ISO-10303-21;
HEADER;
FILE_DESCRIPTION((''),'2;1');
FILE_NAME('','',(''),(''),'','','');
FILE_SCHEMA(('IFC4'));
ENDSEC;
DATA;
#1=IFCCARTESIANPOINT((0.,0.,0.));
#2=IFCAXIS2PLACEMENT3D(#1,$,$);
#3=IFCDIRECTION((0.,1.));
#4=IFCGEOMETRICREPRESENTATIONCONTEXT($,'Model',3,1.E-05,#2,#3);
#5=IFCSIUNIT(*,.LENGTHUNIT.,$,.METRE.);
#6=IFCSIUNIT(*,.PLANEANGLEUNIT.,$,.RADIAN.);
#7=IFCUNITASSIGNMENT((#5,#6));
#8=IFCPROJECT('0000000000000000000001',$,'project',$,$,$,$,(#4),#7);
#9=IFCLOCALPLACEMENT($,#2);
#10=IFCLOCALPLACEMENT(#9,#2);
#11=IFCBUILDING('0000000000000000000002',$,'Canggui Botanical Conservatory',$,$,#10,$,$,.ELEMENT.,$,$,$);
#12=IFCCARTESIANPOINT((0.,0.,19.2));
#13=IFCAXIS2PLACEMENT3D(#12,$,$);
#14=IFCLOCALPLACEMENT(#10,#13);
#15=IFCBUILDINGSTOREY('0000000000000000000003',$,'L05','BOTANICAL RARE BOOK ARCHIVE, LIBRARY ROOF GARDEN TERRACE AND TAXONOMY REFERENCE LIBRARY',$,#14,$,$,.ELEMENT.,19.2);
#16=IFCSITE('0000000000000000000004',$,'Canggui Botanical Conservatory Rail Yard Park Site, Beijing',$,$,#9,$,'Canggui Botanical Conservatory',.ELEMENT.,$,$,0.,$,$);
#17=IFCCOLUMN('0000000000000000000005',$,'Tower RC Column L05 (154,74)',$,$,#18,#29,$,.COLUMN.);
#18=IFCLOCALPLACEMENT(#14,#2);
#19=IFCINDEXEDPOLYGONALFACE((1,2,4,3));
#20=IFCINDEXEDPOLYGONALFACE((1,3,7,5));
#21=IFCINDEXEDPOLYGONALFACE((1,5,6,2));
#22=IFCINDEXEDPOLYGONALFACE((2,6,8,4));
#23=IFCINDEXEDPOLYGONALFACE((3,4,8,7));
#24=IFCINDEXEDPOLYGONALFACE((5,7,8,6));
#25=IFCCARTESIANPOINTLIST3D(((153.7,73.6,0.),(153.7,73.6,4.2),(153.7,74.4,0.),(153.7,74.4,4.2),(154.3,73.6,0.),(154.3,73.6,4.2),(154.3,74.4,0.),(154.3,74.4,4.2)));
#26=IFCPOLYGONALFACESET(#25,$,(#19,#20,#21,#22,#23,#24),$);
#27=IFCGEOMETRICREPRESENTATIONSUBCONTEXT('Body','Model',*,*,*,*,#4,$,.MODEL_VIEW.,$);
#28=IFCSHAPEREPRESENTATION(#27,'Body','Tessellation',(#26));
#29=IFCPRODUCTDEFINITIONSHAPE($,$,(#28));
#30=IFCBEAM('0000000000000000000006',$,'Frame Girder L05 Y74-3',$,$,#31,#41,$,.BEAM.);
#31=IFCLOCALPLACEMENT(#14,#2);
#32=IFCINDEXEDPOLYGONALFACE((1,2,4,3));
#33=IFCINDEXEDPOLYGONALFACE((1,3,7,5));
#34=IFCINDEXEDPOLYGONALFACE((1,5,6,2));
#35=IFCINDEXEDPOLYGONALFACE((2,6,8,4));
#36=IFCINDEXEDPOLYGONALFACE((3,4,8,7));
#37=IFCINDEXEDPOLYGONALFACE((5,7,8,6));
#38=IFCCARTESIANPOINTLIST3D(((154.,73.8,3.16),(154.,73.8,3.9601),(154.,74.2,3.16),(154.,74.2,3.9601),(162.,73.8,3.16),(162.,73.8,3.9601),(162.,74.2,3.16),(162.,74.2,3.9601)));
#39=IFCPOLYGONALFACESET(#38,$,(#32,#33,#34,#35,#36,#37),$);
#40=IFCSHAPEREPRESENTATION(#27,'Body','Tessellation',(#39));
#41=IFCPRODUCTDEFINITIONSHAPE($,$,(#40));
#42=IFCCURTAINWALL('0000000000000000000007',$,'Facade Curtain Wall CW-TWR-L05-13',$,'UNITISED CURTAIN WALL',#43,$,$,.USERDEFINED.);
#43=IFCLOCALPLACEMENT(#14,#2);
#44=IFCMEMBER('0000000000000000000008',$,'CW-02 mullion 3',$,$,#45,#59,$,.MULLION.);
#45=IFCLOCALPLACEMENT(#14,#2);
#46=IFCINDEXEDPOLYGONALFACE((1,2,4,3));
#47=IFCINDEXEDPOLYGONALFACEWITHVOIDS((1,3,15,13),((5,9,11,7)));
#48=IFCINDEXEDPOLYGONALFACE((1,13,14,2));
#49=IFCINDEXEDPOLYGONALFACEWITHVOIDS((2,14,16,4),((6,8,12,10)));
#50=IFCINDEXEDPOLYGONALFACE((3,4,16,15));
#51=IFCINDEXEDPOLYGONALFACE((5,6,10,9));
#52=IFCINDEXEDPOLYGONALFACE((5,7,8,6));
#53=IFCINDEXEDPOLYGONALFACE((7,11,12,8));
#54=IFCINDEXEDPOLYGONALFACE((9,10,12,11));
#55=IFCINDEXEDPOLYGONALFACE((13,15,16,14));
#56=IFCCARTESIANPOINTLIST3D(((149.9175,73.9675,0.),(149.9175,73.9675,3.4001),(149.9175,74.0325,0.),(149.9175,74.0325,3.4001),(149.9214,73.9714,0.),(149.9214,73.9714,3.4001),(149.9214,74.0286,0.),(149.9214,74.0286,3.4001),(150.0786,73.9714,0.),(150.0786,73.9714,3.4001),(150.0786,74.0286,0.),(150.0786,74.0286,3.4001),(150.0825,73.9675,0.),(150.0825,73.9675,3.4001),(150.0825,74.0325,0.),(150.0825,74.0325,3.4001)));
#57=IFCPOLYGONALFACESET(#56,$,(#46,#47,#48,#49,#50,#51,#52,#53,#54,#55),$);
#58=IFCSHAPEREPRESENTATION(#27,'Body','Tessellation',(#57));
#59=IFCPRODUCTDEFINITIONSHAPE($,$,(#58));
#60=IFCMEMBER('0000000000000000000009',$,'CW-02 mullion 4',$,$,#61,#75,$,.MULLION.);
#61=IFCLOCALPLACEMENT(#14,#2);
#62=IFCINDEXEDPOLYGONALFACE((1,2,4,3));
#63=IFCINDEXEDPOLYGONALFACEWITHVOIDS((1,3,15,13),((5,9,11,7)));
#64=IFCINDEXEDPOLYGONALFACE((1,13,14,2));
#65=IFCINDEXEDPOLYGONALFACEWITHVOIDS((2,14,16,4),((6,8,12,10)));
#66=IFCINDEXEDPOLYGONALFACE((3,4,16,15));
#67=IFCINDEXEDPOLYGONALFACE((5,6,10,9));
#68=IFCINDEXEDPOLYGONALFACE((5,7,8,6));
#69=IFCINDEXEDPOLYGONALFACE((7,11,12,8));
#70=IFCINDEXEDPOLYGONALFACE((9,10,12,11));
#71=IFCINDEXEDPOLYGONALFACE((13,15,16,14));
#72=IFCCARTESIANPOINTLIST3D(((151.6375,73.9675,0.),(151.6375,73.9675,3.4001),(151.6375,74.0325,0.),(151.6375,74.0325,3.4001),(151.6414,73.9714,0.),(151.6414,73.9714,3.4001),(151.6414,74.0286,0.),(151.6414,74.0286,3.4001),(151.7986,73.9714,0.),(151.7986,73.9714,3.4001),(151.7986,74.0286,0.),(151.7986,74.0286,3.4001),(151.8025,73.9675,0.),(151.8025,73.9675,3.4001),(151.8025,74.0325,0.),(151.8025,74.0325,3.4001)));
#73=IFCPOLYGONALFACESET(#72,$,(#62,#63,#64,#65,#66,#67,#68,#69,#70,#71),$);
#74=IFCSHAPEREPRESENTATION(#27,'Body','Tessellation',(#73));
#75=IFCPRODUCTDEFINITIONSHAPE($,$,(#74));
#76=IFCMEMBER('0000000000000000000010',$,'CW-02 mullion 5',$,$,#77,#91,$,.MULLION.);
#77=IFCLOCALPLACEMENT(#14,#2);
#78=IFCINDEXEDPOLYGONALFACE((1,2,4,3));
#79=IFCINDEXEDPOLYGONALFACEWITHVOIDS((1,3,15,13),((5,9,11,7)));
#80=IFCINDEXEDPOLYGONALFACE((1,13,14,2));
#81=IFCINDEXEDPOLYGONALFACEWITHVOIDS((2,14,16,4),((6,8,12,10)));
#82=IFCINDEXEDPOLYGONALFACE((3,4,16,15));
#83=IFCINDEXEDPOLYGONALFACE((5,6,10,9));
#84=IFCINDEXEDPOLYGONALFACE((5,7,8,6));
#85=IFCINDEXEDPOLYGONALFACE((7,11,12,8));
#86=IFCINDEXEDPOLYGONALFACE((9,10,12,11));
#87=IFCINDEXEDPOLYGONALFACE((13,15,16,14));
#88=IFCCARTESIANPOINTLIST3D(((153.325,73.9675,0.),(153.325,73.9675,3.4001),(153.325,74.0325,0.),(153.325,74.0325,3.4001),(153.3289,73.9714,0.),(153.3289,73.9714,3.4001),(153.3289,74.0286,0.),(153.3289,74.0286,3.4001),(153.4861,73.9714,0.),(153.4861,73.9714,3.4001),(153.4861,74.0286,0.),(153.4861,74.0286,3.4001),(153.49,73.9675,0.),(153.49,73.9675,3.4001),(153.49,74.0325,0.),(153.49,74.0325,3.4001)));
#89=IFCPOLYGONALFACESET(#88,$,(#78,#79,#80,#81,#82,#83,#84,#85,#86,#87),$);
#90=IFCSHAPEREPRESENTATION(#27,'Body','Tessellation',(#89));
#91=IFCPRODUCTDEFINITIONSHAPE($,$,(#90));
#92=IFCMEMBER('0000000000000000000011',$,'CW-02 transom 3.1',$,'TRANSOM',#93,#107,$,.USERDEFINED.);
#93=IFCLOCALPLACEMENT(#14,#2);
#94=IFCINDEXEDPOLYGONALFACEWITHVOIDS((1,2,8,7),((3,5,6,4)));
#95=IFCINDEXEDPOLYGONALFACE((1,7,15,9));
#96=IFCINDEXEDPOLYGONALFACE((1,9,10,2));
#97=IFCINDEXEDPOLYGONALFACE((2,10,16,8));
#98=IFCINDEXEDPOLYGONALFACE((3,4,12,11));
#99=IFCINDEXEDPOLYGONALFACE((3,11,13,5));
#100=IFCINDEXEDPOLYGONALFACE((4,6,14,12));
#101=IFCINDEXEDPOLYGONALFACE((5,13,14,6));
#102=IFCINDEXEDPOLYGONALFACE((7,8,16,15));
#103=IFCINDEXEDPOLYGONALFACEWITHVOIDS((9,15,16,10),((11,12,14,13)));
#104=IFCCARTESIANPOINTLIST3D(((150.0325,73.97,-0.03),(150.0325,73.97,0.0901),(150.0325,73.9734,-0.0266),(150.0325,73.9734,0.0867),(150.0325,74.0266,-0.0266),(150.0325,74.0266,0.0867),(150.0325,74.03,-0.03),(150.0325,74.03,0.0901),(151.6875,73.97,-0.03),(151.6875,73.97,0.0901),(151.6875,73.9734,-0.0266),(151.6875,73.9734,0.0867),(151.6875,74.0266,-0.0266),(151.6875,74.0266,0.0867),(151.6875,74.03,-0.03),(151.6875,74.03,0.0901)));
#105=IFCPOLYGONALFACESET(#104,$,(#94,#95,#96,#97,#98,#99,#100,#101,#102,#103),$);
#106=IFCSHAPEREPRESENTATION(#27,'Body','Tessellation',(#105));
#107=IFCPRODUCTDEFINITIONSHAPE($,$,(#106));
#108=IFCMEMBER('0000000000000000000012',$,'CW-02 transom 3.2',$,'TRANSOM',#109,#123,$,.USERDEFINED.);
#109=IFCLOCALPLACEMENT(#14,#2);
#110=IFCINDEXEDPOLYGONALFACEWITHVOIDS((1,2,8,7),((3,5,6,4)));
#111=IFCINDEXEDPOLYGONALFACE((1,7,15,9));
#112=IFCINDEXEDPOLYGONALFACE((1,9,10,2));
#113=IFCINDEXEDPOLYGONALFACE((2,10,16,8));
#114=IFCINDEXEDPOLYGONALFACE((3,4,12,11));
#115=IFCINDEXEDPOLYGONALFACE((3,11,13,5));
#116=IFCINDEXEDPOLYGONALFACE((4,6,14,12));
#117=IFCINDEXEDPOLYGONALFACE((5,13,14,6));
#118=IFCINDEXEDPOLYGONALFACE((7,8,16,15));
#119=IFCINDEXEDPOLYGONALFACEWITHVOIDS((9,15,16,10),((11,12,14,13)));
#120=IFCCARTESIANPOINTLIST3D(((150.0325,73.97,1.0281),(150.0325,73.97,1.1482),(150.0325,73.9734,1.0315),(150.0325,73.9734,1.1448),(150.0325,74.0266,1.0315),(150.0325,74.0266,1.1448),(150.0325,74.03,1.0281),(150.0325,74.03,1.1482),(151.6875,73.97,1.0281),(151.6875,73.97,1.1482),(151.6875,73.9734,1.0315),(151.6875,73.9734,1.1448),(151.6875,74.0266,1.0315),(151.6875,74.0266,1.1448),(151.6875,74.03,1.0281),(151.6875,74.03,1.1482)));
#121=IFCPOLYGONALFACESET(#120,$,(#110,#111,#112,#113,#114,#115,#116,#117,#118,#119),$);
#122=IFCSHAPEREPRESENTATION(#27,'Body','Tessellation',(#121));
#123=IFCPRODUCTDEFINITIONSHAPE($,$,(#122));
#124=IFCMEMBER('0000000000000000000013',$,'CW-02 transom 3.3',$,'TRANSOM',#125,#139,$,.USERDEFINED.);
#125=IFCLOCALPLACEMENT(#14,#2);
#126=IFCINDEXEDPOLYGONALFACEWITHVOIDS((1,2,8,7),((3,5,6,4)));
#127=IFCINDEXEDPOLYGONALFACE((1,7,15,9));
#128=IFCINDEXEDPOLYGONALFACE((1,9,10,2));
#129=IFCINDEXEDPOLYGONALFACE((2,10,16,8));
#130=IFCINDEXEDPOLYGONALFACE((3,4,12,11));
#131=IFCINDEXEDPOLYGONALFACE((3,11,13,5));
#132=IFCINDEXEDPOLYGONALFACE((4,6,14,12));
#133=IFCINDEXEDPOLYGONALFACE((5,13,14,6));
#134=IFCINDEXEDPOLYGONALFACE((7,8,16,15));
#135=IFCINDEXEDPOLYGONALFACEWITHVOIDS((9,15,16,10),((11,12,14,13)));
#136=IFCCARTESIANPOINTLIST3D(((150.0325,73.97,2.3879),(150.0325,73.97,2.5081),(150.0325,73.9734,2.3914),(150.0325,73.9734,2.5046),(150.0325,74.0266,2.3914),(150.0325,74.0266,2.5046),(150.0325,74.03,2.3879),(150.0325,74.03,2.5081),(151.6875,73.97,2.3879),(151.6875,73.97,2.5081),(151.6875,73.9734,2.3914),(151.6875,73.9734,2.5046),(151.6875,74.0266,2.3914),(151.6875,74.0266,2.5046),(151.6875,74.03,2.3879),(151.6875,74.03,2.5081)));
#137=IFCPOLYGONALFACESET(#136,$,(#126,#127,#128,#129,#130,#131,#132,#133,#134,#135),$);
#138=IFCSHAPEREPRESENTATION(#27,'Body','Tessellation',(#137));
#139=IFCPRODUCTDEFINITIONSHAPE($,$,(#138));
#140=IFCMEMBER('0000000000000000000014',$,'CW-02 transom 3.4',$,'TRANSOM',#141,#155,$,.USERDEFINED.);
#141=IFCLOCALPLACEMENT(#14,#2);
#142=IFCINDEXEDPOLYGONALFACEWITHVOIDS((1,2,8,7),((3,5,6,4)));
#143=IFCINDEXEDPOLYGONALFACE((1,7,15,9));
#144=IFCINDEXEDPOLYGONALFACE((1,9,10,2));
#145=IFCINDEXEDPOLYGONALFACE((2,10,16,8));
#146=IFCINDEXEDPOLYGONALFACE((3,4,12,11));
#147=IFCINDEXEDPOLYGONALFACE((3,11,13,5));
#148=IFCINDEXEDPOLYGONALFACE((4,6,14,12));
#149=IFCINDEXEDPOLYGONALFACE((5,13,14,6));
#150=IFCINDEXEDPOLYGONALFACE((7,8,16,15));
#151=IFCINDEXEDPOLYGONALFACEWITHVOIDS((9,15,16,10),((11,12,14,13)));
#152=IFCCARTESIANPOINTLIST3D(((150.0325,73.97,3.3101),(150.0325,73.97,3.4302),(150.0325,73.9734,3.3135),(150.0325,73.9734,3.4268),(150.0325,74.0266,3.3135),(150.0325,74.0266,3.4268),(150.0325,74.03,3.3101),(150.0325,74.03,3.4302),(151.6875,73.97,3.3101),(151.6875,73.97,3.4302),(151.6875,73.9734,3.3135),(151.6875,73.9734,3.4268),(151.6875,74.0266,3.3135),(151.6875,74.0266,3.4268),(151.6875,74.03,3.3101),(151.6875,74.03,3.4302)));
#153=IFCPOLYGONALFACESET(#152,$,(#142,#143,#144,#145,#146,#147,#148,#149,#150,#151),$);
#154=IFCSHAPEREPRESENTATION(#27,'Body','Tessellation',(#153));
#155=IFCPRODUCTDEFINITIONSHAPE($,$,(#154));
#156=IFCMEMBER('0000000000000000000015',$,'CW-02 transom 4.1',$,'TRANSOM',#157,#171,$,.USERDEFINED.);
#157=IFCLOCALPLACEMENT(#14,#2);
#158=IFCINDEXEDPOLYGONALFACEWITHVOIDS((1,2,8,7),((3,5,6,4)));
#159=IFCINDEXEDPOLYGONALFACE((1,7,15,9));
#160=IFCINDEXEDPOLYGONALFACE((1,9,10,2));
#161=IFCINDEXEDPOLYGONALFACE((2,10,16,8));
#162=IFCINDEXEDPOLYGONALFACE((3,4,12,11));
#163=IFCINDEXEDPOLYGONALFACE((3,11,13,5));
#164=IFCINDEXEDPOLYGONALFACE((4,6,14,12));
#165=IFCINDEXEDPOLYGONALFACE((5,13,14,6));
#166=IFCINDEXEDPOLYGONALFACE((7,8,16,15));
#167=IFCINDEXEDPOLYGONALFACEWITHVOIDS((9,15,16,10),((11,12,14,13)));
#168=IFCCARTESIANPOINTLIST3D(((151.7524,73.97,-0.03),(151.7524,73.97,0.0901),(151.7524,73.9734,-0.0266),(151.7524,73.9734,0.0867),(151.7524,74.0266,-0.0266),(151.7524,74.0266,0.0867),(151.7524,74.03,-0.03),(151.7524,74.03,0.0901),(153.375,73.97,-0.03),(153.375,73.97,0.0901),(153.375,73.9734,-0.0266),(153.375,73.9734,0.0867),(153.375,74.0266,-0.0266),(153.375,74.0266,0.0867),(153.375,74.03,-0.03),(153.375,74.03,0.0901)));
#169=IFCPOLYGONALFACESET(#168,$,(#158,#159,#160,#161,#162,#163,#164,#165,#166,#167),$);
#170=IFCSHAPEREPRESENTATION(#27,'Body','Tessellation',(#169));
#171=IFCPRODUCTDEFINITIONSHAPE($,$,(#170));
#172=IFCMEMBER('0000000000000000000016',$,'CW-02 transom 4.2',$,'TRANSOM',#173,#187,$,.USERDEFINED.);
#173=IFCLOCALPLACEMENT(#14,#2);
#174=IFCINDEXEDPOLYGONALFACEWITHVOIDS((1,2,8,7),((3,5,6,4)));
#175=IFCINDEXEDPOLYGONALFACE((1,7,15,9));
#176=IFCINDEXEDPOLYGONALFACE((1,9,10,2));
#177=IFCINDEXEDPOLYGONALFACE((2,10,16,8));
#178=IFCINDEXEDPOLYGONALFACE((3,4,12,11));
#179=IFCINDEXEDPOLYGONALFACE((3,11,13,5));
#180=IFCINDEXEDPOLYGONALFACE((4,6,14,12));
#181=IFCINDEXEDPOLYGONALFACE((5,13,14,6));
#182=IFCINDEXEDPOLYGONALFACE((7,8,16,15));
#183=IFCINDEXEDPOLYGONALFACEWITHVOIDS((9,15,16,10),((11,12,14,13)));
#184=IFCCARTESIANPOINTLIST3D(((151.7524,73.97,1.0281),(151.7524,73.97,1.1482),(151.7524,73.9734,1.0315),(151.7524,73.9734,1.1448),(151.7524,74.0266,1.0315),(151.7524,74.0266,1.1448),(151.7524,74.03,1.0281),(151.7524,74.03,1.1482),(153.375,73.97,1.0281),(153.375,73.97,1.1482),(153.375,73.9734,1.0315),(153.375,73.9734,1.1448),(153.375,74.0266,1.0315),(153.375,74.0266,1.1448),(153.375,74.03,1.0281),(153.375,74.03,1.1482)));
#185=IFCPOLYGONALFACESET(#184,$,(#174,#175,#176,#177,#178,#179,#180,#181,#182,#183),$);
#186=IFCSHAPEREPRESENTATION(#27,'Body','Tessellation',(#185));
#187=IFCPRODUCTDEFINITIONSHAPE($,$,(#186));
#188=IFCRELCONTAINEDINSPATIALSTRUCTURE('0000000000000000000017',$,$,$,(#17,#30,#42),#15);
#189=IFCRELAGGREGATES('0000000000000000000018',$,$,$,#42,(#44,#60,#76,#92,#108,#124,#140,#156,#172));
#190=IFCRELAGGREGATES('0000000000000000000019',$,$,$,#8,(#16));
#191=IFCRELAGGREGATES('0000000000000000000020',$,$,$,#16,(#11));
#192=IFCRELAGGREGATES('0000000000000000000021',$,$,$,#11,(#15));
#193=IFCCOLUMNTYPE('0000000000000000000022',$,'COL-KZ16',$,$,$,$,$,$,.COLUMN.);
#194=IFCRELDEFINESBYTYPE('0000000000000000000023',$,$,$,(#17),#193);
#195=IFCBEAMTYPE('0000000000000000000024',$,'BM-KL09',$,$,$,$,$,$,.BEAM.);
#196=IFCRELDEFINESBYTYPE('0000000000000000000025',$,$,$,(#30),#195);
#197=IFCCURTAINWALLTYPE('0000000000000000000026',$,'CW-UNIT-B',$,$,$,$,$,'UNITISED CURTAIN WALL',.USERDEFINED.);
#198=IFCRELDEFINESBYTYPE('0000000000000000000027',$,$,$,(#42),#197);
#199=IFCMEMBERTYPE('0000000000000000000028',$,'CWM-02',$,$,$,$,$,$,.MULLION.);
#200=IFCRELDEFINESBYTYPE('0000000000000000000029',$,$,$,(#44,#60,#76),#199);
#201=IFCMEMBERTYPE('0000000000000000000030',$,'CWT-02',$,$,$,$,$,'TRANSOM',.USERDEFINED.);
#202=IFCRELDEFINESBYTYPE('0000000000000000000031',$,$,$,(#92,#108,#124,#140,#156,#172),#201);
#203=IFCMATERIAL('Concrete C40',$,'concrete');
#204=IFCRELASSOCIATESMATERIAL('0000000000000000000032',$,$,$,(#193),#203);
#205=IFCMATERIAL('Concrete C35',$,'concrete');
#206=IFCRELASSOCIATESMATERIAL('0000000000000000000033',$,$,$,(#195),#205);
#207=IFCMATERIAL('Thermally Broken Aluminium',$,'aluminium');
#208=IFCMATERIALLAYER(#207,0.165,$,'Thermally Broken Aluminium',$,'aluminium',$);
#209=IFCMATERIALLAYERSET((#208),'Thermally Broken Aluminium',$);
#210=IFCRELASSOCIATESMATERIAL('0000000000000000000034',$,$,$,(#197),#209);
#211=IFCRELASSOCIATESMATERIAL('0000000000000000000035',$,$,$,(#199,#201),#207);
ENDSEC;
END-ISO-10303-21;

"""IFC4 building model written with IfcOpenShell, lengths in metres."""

from ifc_helpers import new_model, si_unit, direction, frame, origin, origin_2d, place, context, subcontext, project, spatial, rectangle, hollow_rectangle, extrude, material, layer, layer_set, material_profile, profile_set, type_object, element, aggregate, save


model = new_model("IFC4")

# Units and contexts
model_context = context("Model", 3, precision=1e-05, world=origin(), true_north=direction((0.0, 1.0)))
body_context = subcontext(model_context, "Body", "Model", "MODEL_VIEW")
ifc_project = project(units=[si_unit("LENGTHUNIT", "METRE"), si_unit("PLANEANGLEUNIT", "RADIAN")], contexts=[model_context])

# Site, building, storey
site_placement = place(None, origin())
site = spatial("IfcSite", under=ifc_project, at=site_placement, Name="Canggui Botanical Conservatory Rail Yard Park Site, Beijing", LongName="Canggui Botanical Conservatory", CompositionType="ELEMENT", RefElevation=0.0)
building_placement = place(site_placement, origin())
building = spatial("IfcBuilding", under=site, at=building_placement, Name="Canggui Botanical Conservatory", CompositionType="ELEMENT")
storey_placement = place(building_placement, frame((0.0, 0.0, 19.2)))
storey = spatial("IfcBuildingStorey", under=building, at=storey_placement, Name="L05", Description="BOTANICAL RARE BOOK ARCHIVE, LIBRARY ROOF GARDEN TERRACE AND TAXONOMY REFERENCE LIBRARY", CompositionType="ELEMENT", Elevation=19.2)

# Column
ifc_material_1 = material(Name="Concrete C40", Category="concrete")
ifc_material_profile_1 = material_profile(ifc_material_1, rectangle(XDim=0.6001, YDim=0.8, at=origin_2d()), Name="RC 600x800")
ifc_profile_set_1 = profile_set([ifc_material_profile_1], Name="Concrete C40")
column_type = type_object("IfcColumnType", Name="COL-KZ16", PredefinedType="COLUMN", material=ifc_profile_set_1)
column_placement = place(storey_placement, frame((154.0, 74.0, 0.0), z_axis=(0.0, 0.0, 1.0), x_axis=(1.0, 0.0, 0.0)))
element("IfcColumn", 1, at=column_placement, inside=storey, type_object=column_type, Name="Tower RC Column L05 (154,74)", PredefinedType="COLUMN", context=body_context, shape_type="SweptSolid", body=[
    extrude(rectangle(XDim=0.6001, YDim=0.8, at=origin_2d()), origin(), (0.0, 0.0, 1.0), 4.2),
])

# Beam
ifc_material_2 = material(Name="Concrete C35", Category="concrete")
ifc_material_profile_2 = material_profile(ifc_material_2, rectangle(XDim=0.3999, YDim=0.8, at=origin_2d()), Name="RB 400x800")
ifc_profile_set_2 = profile_set([ifc_material_profile_2], Name="Concrete C35")
beam_type = type_object("IfcBeamType", Name="BM-KL09", PredefinedType="BEAM", material=ifc_profile_set_2)
beam_placement = place(storey_placement, frame((154.0, 74.0, 3.5601), z_axis=(1.0, 0.0, 0.0), x_axis=(0.0, 1.0, 0.0)))
element("IfcBeam", 2, at=beam_placement, inside=storey, type_object=beam_type, Name="Frame Girder L05 Y74-3", PredefinedType="BEAM", context=body_context, shape_type="SweptSolid", body=[
    extrude(rectangle(XDim=0.3999, YDim=0.8, at=origin_2d()), origin(), (0.0, 0.0, 1.0), 8.0),
])

# Curtain wall, members
ifc_material_3 = material(Name="Thermally Broken Aluminium", Category="aluminium")
ifc_layer_1 = layer(ifc_material_3, 0.165, Name="Thermally Broken Aluminium", Category="aluminium")
ifc_layer_set_1 = layer_set([ifc_layer_1], Name="Thermally Broken Aluminium")
curtain_wall_type = type_object("IfcCurtainWallType", Name="CW-UNIT-B", ElementType="UNITISED CURTAIN WALL", PredefinedType="USERDEFINED", material=ifc_layer_set_1)
curtain_wall_placement = place(storey_placement, origin())
curtain_wall = element("IfcCurtainWall", 3, at=curtain_wall_placement, inside=storey, type_object=curtain_wall_type, Name="Facade Curtain Wall CW-TWR-L05-13", ObjectType="UNITISED CURTAIN WALL", PredefinedType="USERDEFINED")
ifc_material_profile_3 = material_profile(ifc_material_3, hollow_rectangle(XDim=0.0649, YDim=0.165, WallThickness=0.0039, at=origin_2d()), Name="CWM 65x165x4")
ifc_profile_set_3 = profile_set([ifc_material_profile_3], Name="Thermally Broken Aluminium")
member_type_1 = type_object("IfcMemberType", Name="CWM-02", PredefinedType="MULLION", material=ifc_profile_set_3)
member_1_placement = place(storey_placement, frame((150.0, 74.0, 0.0), z_axis=(0.0, 0.0, 1.0), x_axis=(0.0, 1.0, 0.0)))
member_1 = element("IfcMember", 4, at=member_1_placement, type_object=member_type_1, Name="CW-02 mullion 3", PredefinedType="MULLION", context=body_context, shape_type="SweptSolid", body=[
    extrude(hollow_rectangle(XDim=0.0649, YDim=0.165, WallThickness=0.0039, at=origin_2d()), origin(), (0.0, 0.0, 1.0), 3.4001),
])
member_2_placement = place(storey_placement, frame((151.72, 74.0, 0.0), z_axis=(0.0, 0.0, 1.0), x_axis=(0.0, 1.0, 0.0)))
member_2 = element("IfcMember", 5, at=member_2_placement, type_object=member_type_1, Name="CW-02 mullion 4", PredefinedType="MULLION", context=body_context, shape_type="SweptSolid", body=[
    extrude(hollow_rectangle(XDim=0.0649, YDim=0.165, WallThickness=0.0039, at=origin_2d()), origin(), (0.0, 0.0, 1.0), 3.4001),
])
member_3_placement = place(storey_placement, frame((153.4075, 74.0, 0.0), z_axis=(0.0, 0.0, 1.0), x_axis=(0.0, 1.0, 0.0)))
member_3 = element("IfcMember", 6, at=member_3_placement, type_object=member_type_1, Name="CW-02 mullion 5", PredefinedType="MULLION", context=body_context, shape_type="SweptSolid", body=[
    extrude(hollow_rectangle(XDim=0.0649, YDim=0.165, WallThickness=0.0039, at=origin_2d()), origin(), (0.0, 0.0, 1.0), 3.4001),
])
ifc_material_profile_4 = material_profile(ifc_material_3, hollow_rectangle(XDim=0.0601, YDim=0.1201, WallThickness=0.0034, at=origin_2d()), Name="CWT 60x120x3.5")
ifc_profile_set_4 = profile_set([ifc_material_profile_4], Name="Thermally Broken Aluminium")
member_type_2 = type_object("IfcMemberType", Name="CWT-02", ElementType="TRANSOM", PredefinedType="USERDEFINED", material=ifc_profile_set_4)
member_4_placement = place(storey_placement, frame((150.0325, 74.0, 0.03), z_axis=(1.0, 0.0, 0.0), x_axis=(0.0, 1.0, 0.0)))
member_4 = element("IfcMember", 7, at=member_4_placement, type_object=member_type_2, Name="CW-02 transom 3.1", ObjectType="TRANSOM", PredefinedType="USERDEFINED", context=body_context, shape_type="SweptSolid", body=[
    extrude(hollow_rectangle(XDim=0.0601, YDim=0.1201, WallThickness=0.0034, at=origin_2d()), origin(), (0.0, 0.0, 1.0), 1.655),
])
member_5_placement = place(storey_placement, frame((150.0325, 74.0, 1.0881), z_axis=(1.0, 0.0, 0.0), x_axis=(0.0, 1.0, 0.0)))
member_5 = element("IfcMember", 8, at=member_5_placement, type_object=member_type_2, Name="CW-02 transom 3.2", ObjectType="TRANSOM", PredefinedType="USERDEFINED", context=body_context, shape_type="SweptSolid", body=[
    extrude(hollow_rectangle(XDim=0.0601, YDim=0.1201, WallThickness=0.0034, at=origin_2d()), origin(), (0.0, 0.0, 1.0), 1.655),
])
member_6_placement = place(storey_placement, frame((150.0325, 74.0, 2.448), z_axis=(1.0, 0.0, 0.0), x_axis=(0.0, 1.0, 0.0)))
member_6 = element("IfcMember", 9, at=member_6_placement, type_object=member_type_2, Name="CW-02 transom 3.3", ObjectType="TRANSOM", PredefinedType="USERDEFINED", context=body_context, shape_type="SweptSolid", body=[
    extrude(hollow_rectangle(XDim=0.0601, YDim=0.1201, WallThickness=0.0034, at=origin_2d()), origin(), (0.0, 0.0, 1.0), 1.655),
])
member_7_placement = place(storey_placement, frame((150.0325, 74.0, 3.3701), z_axis=(1.0, 0.0, 0.0), x_axis=(0.0, 1.0, 0.0)))
member_7 = element("IfcMember", 10, at=member_7_placement, type_object=member_type_2, Name="CW-02 transom 3.4", ObjectType="TRANSOM", PredefinedType="USERDEFINED", context=body_context, shape_type="SweptSolid", body=[
    extrude(hollow_rectangle(XDim=0.0601, YDim=0.1201, WallThickness=0.0034, at=origin_2d()), origin(), (0.0, 0.0, 1.0), 1.655),
])
member_8_placement = place(storey_placement, frame((151.7524, 74.0, 0.03), z_axis=(1.0, 0.0, 0.0), x_axis=(0.0, 1.0, 0.0)))
member_8 = element("IfcMember", 11, at=member_8_placement, type_object=member_type_2, Name="CW-02 transom 4.1", ObjectType="TRANSOM", PredefinedType="USERDEFINED", context=body_context, shape_type="SweptSolid", body=[
    extrude(hollow_rectangle(XDim=0.0601, YDim=0.1201, WallThickness=0.0034, at=origin_2d()), origin(), (0.0, 0.0, 1.0), 1.6226),
])
member_9_placement = place(storey_placement, frame((151.7524, 74.0, 1.0881), z_axis=(1.0, 0.0, 0.0), x_axis=(0.0, 1.0, 0.0)))
member_9 = element("IfcMember", 12, at=member_9_placement, type_object=member_type_2, Name="CW-02 transom 4.2", ObjectType="TRANSOM", PredefinedType="USERDEFINED", context=body_context, shape_type="SweptSolid", body=[
    extrude(hollow_rectangle(XDim=0.0601, YDim=0.1201, WallThickness=0.0034, at=origin_2d()), origin(), (0.0, 0.0, 1.0), 1.6226),
])
aggregate(curtain_wall, [member_1, member_2, member_3, member_4, member_5, member_6, member_7, member_8, member_9])

save(model, "model.ifc")
